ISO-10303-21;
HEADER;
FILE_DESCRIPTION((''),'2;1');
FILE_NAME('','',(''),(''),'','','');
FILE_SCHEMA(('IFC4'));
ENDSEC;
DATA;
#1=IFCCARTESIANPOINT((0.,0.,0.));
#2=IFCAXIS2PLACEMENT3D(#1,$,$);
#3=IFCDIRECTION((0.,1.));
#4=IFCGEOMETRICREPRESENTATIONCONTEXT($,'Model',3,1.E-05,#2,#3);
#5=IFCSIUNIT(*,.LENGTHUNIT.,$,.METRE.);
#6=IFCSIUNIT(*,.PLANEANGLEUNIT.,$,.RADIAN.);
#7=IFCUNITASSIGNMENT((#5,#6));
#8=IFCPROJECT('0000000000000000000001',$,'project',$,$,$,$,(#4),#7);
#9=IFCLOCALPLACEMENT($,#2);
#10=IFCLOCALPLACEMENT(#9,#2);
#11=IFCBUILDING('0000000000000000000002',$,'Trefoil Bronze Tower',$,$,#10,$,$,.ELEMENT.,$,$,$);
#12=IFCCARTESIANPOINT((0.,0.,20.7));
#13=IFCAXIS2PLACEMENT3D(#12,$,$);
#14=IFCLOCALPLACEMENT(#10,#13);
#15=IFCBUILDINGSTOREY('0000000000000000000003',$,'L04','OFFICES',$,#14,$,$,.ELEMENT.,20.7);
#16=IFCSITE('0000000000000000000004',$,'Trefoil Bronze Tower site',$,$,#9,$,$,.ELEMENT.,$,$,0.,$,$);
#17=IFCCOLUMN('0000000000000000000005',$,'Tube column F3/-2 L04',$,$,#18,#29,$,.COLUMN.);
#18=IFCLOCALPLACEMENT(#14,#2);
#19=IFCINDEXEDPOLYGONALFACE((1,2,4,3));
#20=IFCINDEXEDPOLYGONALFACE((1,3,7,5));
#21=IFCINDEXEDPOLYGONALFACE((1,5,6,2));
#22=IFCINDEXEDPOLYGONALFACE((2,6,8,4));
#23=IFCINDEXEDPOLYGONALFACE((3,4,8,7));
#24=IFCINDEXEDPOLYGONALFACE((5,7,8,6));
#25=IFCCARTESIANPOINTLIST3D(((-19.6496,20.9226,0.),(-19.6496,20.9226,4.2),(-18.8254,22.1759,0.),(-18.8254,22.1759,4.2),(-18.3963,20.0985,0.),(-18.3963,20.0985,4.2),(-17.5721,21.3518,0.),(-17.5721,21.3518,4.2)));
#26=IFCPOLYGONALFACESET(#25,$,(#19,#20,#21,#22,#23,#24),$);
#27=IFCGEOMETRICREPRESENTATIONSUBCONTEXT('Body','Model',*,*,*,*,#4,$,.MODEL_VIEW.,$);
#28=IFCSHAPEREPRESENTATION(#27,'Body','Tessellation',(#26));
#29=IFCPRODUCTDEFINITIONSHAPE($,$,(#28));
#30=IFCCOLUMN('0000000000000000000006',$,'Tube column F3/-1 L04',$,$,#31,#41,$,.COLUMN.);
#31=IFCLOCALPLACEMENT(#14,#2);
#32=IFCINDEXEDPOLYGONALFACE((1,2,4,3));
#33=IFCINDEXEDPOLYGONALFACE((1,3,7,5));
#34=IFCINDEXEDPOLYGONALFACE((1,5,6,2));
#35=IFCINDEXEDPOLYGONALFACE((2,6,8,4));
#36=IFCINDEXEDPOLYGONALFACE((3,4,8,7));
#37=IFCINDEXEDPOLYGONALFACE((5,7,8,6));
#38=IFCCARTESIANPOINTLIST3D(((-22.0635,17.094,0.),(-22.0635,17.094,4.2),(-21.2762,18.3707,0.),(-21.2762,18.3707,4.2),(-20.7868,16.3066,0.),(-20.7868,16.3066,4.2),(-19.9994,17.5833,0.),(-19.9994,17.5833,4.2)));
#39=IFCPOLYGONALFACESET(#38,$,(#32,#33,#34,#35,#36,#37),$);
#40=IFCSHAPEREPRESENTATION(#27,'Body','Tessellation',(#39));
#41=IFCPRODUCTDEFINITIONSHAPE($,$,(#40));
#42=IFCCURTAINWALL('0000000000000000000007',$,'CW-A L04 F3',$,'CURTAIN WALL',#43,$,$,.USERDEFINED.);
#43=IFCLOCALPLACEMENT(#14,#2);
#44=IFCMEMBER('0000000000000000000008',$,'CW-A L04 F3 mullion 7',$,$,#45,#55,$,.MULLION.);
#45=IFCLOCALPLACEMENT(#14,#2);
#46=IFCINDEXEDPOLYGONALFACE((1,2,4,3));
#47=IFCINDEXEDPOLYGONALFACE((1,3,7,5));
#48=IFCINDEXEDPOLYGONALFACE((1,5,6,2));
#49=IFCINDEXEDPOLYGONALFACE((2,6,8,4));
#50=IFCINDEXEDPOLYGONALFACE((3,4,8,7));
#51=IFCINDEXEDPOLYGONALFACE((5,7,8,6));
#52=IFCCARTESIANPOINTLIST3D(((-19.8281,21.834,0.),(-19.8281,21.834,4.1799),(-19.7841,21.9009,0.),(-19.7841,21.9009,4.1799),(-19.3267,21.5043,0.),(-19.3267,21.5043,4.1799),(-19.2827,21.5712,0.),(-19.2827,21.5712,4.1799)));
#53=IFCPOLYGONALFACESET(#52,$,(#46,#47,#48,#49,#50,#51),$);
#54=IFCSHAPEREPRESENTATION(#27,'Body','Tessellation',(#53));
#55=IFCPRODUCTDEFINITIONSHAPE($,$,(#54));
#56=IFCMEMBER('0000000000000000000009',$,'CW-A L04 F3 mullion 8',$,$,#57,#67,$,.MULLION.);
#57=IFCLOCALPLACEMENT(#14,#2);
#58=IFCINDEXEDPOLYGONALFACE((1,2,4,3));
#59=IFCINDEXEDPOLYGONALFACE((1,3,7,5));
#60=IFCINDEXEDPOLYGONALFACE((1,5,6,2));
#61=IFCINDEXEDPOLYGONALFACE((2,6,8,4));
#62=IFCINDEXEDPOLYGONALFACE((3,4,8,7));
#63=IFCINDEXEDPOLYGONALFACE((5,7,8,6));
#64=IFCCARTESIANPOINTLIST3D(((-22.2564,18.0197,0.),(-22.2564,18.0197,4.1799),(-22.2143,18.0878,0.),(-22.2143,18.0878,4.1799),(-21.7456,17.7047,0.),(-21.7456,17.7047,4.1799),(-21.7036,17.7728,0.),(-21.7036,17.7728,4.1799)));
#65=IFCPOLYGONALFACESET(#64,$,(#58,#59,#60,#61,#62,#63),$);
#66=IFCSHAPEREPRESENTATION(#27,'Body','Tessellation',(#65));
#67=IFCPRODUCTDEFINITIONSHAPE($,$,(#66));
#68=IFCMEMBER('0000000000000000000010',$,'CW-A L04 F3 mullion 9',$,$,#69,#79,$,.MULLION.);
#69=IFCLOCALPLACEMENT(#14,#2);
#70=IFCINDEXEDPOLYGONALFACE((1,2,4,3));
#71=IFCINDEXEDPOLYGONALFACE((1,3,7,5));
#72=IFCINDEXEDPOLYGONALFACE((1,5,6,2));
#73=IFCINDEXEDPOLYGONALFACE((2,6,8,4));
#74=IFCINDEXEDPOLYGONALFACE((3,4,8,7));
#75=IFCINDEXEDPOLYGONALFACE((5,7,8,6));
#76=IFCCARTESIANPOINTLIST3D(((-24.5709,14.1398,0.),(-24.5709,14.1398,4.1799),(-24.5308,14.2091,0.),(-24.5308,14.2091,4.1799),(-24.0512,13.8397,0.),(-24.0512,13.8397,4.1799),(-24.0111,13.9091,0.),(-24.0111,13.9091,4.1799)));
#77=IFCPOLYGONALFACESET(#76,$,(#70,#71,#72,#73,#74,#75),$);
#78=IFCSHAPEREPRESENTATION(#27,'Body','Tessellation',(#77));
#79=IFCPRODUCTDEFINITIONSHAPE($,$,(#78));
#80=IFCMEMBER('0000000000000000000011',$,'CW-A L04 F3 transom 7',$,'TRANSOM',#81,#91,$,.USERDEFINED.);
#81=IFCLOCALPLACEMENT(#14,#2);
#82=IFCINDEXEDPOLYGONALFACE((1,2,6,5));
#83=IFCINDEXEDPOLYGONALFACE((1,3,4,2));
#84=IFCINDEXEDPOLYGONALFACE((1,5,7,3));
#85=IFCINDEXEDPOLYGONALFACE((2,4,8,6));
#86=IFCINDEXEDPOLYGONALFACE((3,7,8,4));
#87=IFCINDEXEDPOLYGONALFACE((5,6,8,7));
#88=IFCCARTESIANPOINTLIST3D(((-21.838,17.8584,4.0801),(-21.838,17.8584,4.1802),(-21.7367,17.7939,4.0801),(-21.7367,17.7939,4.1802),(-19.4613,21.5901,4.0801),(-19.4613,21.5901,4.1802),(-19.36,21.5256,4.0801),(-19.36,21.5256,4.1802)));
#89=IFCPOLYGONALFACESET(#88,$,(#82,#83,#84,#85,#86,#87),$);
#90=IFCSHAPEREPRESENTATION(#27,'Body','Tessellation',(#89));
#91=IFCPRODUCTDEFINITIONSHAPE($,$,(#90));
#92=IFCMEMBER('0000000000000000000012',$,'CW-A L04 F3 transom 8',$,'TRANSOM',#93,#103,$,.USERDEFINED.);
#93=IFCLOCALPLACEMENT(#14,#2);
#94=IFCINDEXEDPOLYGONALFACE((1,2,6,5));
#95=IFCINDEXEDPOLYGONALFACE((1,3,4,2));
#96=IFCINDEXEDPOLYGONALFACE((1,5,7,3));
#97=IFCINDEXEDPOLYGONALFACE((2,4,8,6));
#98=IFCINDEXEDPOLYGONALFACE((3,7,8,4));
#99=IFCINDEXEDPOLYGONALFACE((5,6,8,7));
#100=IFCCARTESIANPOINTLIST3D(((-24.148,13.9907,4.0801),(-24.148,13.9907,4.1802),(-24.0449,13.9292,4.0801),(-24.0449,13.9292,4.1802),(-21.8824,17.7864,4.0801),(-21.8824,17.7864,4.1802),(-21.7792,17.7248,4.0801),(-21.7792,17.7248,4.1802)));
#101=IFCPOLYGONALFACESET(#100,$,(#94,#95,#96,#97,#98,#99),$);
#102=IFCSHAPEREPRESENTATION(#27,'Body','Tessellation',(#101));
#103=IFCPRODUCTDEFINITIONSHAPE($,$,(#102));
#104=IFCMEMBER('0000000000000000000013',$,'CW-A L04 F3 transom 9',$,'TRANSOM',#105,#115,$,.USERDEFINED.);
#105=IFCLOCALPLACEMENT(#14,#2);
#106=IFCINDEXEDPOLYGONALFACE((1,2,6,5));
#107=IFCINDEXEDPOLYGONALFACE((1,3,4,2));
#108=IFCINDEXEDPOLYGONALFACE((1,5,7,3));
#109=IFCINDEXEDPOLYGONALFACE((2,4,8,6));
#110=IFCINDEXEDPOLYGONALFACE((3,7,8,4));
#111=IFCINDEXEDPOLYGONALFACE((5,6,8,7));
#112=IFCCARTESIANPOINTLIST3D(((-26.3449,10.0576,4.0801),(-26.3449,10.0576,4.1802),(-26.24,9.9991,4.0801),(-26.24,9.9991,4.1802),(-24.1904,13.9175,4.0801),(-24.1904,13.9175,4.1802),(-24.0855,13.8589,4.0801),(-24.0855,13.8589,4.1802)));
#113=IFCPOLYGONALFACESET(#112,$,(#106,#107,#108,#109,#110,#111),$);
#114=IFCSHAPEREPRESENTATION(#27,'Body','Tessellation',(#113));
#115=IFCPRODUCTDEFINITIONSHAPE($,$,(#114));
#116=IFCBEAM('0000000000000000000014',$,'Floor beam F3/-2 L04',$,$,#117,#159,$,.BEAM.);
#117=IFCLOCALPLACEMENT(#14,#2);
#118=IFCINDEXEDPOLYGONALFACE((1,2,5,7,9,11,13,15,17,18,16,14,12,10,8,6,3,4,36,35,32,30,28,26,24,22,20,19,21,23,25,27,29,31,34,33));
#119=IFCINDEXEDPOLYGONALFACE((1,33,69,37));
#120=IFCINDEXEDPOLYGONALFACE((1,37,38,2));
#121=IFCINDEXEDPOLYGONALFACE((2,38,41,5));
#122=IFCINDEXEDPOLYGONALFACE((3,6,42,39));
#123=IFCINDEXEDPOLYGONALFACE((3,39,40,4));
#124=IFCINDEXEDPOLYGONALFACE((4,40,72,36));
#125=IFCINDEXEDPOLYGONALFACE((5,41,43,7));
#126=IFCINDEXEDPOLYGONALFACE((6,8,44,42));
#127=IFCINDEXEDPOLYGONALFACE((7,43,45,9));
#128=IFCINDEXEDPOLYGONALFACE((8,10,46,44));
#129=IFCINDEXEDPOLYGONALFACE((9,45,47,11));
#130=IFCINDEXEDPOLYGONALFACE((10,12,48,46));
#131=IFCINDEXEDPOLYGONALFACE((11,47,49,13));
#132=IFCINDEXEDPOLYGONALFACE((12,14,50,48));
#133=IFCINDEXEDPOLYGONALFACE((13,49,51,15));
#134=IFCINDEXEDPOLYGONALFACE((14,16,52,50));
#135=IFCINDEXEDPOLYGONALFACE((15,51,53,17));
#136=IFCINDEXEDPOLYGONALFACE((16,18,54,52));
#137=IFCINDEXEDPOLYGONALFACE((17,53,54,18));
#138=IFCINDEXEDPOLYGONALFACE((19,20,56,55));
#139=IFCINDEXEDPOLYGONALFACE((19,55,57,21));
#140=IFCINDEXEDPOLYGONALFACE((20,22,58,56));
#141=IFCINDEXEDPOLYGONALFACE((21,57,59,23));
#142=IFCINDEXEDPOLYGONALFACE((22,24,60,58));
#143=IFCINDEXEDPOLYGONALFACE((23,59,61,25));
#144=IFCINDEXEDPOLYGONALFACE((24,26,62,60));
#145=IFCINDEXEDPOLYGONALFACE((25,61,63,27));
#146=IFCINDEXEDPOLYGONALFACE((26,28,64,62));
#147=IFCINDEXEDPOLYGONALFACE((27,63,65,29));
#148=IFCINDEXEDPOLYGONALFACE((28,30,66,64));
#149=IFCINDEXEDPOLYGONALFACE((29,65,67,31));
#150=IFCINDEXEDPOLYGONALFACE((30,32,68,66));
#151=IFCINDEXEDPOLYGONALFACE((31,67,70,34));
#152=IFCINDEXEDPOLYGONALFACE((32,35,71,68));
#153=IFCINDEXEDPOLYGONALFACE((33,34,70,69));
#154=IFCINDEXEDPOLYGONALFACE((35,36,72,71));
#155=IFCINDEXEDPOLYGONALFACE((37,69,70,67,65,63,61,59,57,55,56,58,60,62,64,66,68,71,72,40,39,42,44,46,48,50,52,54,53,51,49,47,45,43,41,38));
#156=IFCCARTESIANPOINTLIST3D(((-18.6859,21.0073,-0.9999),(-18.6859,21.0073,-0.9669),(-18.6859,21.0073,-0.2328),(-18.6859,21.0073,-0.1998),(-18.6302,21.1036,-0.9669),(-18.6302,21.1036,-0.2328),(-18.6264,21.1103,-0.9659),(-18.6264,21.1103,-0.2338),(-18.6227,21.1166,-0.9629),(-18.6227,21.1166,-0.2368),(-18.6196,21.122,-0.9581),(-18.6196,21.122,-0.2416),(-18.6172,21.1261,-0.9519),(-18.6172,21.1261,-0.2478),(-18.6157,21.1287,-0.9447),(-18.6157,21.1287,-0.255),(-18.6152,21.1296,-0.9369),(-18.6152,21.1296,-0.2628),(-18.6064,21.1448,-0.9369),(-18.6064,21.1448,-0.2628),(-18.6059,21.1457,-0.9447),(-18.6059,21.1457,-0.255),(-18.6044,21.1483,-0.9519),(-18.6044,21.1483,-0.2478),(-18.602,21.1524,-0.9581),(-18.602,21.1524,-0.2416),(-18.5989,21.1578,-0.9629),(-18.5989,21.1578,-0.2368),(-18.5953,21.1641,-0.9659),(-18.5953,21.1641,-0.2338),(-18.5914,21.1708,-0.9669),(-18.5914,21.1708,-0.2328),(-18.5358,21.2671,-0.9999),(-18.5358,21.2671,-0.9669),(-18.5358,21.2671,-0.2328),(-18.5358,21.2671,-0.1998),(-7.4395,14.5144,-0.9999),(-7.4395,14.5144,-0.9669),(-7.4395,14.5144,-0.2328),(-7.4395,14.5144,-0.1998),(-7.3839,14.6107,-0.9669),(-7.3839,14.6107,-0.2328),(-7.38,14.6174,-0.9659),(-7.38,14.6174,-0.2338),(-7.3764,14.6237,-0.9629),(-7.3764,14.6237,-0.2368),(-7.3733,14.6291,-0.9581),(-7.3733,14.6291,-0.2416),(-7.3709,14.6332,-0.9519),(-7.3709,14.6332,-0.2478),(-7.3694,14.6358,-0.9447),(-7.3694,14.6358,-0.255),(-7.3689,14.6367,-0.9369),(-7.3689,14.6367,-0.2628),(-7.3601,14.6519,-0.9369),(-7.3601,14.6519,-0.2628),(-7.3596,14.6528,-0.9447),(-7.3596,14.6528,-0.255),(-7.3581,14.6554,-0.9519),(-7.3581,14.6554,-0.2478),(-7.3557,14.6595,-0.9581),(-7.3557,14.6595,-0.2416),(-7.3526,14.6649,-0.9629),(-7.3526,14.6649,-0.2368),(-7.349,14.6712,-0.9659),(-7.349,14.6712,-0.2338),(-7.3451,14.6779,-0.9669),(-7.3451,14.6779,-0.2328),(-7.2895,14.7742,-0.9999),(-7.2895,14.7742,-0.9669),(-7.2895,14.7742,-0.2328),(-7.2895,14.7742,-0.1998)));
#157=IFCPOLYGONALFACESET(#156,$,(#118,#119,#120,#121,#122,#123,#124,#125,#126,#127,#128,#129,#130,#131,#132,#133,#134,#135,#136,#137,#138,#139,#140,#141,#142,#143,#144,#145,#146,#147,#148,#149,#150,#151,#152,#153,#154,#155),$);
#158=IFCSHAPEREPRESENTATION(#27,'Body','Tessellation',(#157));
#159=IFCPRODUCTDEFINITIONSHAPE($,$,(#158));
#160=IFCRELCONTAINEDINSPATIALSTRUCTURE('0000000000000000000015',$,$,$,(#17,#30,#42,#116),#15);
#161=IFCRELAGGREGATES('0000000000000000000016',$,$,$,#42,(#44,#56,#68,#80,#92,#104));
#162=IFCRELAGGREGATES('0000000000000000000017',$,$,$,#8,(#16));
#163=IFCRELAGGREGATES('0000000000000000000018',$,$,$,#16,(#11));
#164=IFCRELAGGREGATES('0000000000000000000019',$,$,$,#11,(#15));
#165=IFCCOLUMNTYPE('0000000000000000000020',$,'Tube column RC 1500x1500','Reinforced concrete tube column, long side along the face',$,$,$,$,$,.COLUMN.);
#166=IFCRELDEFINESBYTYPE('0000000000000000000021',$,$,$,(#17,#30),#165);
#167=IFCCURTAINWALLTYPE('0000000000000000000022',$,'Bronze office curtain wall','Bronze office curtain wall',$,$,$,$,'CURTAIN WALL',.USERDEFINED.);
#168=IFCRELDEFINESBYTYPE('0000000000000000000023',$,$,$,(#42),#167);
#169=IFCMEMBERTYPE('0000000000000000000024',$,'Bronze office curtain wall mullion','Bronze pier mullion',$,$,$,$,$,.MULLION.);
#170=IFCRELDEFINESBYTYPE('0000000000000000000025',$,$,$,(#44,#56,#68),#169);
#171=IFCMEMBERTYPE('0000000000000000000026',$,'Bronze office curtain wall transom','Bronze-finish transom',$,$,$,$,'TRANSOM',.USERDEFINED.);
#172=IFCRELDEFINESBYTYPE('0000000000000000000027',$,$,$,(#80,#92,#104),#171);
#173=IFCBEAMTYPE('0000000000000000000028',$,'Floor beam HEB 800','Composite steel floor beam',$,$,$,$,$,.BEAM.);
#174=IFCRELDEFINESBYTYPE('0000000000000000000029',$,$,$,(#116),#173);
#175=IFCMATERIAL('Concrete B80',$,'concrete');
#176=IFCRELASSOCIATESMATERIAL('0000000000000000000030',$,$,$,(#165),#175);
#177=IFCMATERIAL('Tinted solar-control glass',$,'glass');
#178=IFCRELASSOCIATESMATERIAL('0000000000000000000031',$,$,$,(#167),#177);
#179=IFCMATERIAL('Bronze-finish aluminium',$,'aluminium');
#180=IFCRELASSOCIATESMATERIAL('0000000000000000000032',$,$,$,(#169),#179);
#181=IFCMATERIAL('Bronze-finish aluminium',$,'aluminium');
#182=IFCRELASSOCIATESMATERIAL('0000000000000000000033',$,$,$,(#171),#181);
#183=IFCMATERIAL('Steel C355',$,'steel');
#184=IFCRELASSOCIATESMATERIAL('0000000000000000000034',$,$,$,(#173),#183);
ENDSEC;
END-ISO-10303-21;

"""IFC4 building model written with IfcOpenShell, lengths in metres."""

from ifc_helpers import new_model, si_unit, direction, frame, origin, origin_2d, place, context, subcontext, project, spatial, rectangle, i_section, extrude, material, material_profile, profile_set, type_object, element, aggregate, save


model = new_model("IFC4")

# Units and contexts
model_context = context("Model", 3, precision=1e-05, world=origin(), true_north=direction((0.0, 1.0)))
body_context = subcontext(model_context, "Body", "Model", "MODEL_VIEW")
ifc_project = project(units=[si_unit("LENGTHUNIT", "METRE"), si_unit("PLANEANGLEUNIT", "RADIAN")], contexts=[model_context])

# Site, building, storey
site_placement = place(None, origin())
site = spatial("IfcSite", under=ifc_project, at=site_placement, Name="Trefoil Bronze Tower site", CompositionType="ELEMENT", RefElevation=0.0)
building_placement = place(site_placement, origin())
building = spatial("IfcBuilding", under=site, at=building_placement, Name="Trefoil Bronze Tower", CompositionType="ELEMENT")
storey_placement = place(building_placement, frame((0.0, 0.0, 20.7)))
storey = spatial("IfcBuildingStorey", under=building, at=storey_placement, Name="L04", Description="OFFICES", CompositionType="ELEMENT", Elevation=20.7)

# Columns
ifc_material_1 = material(Name="Concrete B80", Category="concrete")
ifc_material_profile_1 = material_profile(ifc_material_1, rectangle(XDim=1.5, YDim=1.5, at=origin_2d()), Name="RC 1500x1500")
ifc_profile_set_1 = profile_set([ifc_material_profile_1], Name="Concrete B80")
column_type = type_object("IfcColumnType", Name="Tube column RC 1500x1500", Description="Reinforced concrete tube column, long side along the face", PredefinedType="COLUMN", material=ifc_profile_set_1)
for number, where, z_axis, x_axis, name in (
    (1, (-18.6108, 21.1372, 0.0), (0.0, 0.0, 1.0), (-0.549424, -0.835544, 0.0), "Tube column F3/-2 L04"),
    (2, (-21.0315, 17.3386, 0.0), (0.0, 0.0, 1.0), (-0.524923, -0.85115, 0.0), "Tube column F3/-1 L04"),
):
    element("IfcColumn", number, at=place(storey_placement, frame(where, z_axis=z_axis, x_axis=x_axis)), inside=storey, type_object=column_type, Name=name, PredefinedType="COLUMN", context=body_context, shape_type="SweptSolid", body=[
        extrude(rectangle(XDim=1.5, YDim=1.5, at=origin_2d()), origin(), (0.0, 0.0, 1.0), 4.2),
    ])

# Curtain wall, members
ifc_material_2 = material(Name="Tinted solar-control glass", Category="glass")
curtain_wall_type = type_object("IfcCurtainWallType", Name="Bronze office curtain wall", Description="Bronze office curtain wall", ElementType="CURTAIN WALL", PredefinedType="USERDEFINED", material=ifc_material_2)
curtain_wall_placement = place(storey_placement, origin())
curtain_wall = element("IfcCurtainWall", 3, at=curtain_wall_placement, inside=storey, type_object=curtain_wall_type, Name="CW-A L04 F3", ObjectType="CURTAIN WALL", PredefinedType="USERDEFINED")
ifc_material_3 = material(Name="Bronze-finish aluminium", Category="aluminium")
ifc_material_profile_2 = material_profile(ifc_material_3, rectangle(XDim=0.6001, YDim=0.0801, at=origin_2d()), Name="CW-A mullion")
ifc_profile_set_2 = profile_set([ifc_material_profile_2], Name="Bronze-finish aluminium")
member_type_1 = type_object("IfcMemberType", Name="Bronze office curtain wall mullion", Description="Bronze pier mullion", PredefinedType="MULLION", material=ifc_profile_set_2)
member_1_placement = place(storey_placement, frame((-19.5554, 21.7026, 0.0), z_axis=(0.0, 0.0, 1.0), x_axis=(0.835544, -0.549424, 0.0)))
member_1 = element("IfcMember", 4, at=member_1_placement, type_object=member_type_1, Name="CW-A L04 F3 mullion 7", PredefinedType="MULLION", context=body_context, shape_type="SweptSolid", body=[
    extrude(rectangle(XDim=0.6001, YDim=0.0801, at=origin_2d()), origin(), (0.0, 0.0, 1.0), 4.1799),
])
member_2_placement = place(storey_placement, frame((-21.98, 17.8962, 0.0), z_axis=(0.0, 0.0, 1.0), x_axis=(0.85115, -0.524923, 0.0)))
member_2 = element("IfcMember", 5, at=member_2_placement, type_object=member_type_1, Name="CW-A L04 F3 mullion 8", PredefinedType="MULLION", context=body_context, shape_type="SweptSolid", body=[
    extrude(rectangle(XDim=0.6001, YDim=0.0801, at=origin_2d()), origin(), (0.0, 0.0, 1.0), 4.1799),
])
member_3_placement = place(storey_placement, frame((-24.291, 14.0244, 0.0), z_axis=(0.0, 0.0, 1.0), x_axis=(0.866025, -0.5, 0.0)))
member_3 = element("IfcMember", 6, at=member_3_placement, type_object=member_type_1, Name="CW-A L04 F3 mullion 9", PredefinedType="MULLION", context=body_context, shape_type="SweptSolid", body=[
    extrude(rectangle(XDim=0.6001, YDim=0.0801, at=origin_2d()), origin(), (0.0, 0.0, 1.0), 4.1799),
])
ifc_material_4 = material(Name="Bronze-finish aluminium", Category="aluminium")
ifc_material_profile_3 = material_profile(ifc_material_4, rectangle(XDim=0.1201, YDim=0.1001, at=origin_2d()), Name="CW-A transom")
ifc_profile_set_3 = profile_set([ifc_material_profile_3], Name="Bronze-finish aluminium")
member_type_2 = type_object("IfcMemberType", Name="Bronze office curtain wall transom", Description="Bronze-finish transom", ElementType="TRANSOM", PredefinedType="USERDEFINED", material=ifc_profile_set_3)
member_4_placement = place(storey_placement, frame((-19.4106, 21.5579, 4.1301), z_axis=(-0.537197, -0.843457, 0.0), x_axis=(0.843457, -0.537197, 0.0)))
member_4 = element("IfcMember", 7, at=member_4_placement, type_object=member_type_2, Name="CW-A L04 F3 transom 7", ObjectType="TRANSOM", PredefinedType="USERDEFINED", context=body_context, shape_type="SweptSolid", body=[
    extrude(rectangle(XDim=0.1201, YDim=0.1001, at=origin_2d()), origin(), (0.0, 0.0, 1.0), 4.4243),
])
member_5_placement = place(storey_placement, frame((-21.8308, 17.7556, 4.1301), z_axis=(-0.512537, -0.858665, 0.0), x_axis=(0.858665, -0.512537, 0.0)))
member_5 = element("IfcMember", 8, at=member_5_placement, type_object=member_type_2, Name="CW-A L04 F3 transom 8", ObjectType="TRANSOM", PredefinedType="USERDEFINED", context=body_context, shape_type="SweptSolid", body=[
    extrude(rectangle(XDim=0.1201, YDim=0.1001, at=origin_2d()), origin(), (0.0, 0.0, 1.0), 4.4204),
])
member_6_placement = place(storey_placement, frame((-24.1379, 13.8882, 4.1301), z_axis=(-0.4874, -0.873179, 0.0), x_axis=(0.873179, -0.4874, 0.0)))
member_6 = element("IfcMember", 9, at=member_6_placement, type_object=member_type_2, Name="CW-A L04 F3 transom 9", ObjectType="TRANSOM", PredefinedType="USERDEFINED", context=body_context, shape_type="SweptSolid", body=[
    extrude(rectangle(XDim=0.1201, YDim=0.1001, at=origin_2d()), origin(), (0.0, 0.0, 1.0), 4.4204),
])

# Beam
ifc_material_5 = material(Name="Steel C355", Category="steel")
ifc_material_profile_4 = material_profile(ifc_material_5, i_section(OverallWidth=0.3, OverallDepth=0.8, WebThickness=0.0176, FlangeThickness=0.033, FilletRadius=0.03, at=origin_2d()), Name="HEB 800")
ifc_profile_set_4 = profile_set([ifc_material_profile_4], Name="Steel C355")
beam_type_1 = type_object("IfcBeamType", Name="Floor beam HEB 800", Description="Composite steel floor beam", PredefinedType="BEAM", material=ifc_profile_set_4)
beam_1_placement = place(storey_placement, frame((-18.6108, 21.1372, -0.5999), z_axis=(0.866031, -0.499991, 0.0), x_axis=(0.499991, 0.866031, 0.0)))
element("IfcBeam", 10, at=beam_1_placement, inside=storey, type_object=beam_type_1, Name="Floor beam F3/-2 L04", PredefinedType="BEAM", context=body_context, shape_type="SweptSolid", body=[
    extrude(i_section(OverallWidth=0.3, OverallDepth=0.8, WebThickness=0.0176, FlangeThickness=0.033, FilletRadius=0.03, at=origin_2d()), origin(), (0.0, 0.0, 1.0), 12.9861),
])

aggregate(curtain_wall, [member_1, member_2, member_3, member_4, member_5, member_6])

save(model, "model.ifc")
